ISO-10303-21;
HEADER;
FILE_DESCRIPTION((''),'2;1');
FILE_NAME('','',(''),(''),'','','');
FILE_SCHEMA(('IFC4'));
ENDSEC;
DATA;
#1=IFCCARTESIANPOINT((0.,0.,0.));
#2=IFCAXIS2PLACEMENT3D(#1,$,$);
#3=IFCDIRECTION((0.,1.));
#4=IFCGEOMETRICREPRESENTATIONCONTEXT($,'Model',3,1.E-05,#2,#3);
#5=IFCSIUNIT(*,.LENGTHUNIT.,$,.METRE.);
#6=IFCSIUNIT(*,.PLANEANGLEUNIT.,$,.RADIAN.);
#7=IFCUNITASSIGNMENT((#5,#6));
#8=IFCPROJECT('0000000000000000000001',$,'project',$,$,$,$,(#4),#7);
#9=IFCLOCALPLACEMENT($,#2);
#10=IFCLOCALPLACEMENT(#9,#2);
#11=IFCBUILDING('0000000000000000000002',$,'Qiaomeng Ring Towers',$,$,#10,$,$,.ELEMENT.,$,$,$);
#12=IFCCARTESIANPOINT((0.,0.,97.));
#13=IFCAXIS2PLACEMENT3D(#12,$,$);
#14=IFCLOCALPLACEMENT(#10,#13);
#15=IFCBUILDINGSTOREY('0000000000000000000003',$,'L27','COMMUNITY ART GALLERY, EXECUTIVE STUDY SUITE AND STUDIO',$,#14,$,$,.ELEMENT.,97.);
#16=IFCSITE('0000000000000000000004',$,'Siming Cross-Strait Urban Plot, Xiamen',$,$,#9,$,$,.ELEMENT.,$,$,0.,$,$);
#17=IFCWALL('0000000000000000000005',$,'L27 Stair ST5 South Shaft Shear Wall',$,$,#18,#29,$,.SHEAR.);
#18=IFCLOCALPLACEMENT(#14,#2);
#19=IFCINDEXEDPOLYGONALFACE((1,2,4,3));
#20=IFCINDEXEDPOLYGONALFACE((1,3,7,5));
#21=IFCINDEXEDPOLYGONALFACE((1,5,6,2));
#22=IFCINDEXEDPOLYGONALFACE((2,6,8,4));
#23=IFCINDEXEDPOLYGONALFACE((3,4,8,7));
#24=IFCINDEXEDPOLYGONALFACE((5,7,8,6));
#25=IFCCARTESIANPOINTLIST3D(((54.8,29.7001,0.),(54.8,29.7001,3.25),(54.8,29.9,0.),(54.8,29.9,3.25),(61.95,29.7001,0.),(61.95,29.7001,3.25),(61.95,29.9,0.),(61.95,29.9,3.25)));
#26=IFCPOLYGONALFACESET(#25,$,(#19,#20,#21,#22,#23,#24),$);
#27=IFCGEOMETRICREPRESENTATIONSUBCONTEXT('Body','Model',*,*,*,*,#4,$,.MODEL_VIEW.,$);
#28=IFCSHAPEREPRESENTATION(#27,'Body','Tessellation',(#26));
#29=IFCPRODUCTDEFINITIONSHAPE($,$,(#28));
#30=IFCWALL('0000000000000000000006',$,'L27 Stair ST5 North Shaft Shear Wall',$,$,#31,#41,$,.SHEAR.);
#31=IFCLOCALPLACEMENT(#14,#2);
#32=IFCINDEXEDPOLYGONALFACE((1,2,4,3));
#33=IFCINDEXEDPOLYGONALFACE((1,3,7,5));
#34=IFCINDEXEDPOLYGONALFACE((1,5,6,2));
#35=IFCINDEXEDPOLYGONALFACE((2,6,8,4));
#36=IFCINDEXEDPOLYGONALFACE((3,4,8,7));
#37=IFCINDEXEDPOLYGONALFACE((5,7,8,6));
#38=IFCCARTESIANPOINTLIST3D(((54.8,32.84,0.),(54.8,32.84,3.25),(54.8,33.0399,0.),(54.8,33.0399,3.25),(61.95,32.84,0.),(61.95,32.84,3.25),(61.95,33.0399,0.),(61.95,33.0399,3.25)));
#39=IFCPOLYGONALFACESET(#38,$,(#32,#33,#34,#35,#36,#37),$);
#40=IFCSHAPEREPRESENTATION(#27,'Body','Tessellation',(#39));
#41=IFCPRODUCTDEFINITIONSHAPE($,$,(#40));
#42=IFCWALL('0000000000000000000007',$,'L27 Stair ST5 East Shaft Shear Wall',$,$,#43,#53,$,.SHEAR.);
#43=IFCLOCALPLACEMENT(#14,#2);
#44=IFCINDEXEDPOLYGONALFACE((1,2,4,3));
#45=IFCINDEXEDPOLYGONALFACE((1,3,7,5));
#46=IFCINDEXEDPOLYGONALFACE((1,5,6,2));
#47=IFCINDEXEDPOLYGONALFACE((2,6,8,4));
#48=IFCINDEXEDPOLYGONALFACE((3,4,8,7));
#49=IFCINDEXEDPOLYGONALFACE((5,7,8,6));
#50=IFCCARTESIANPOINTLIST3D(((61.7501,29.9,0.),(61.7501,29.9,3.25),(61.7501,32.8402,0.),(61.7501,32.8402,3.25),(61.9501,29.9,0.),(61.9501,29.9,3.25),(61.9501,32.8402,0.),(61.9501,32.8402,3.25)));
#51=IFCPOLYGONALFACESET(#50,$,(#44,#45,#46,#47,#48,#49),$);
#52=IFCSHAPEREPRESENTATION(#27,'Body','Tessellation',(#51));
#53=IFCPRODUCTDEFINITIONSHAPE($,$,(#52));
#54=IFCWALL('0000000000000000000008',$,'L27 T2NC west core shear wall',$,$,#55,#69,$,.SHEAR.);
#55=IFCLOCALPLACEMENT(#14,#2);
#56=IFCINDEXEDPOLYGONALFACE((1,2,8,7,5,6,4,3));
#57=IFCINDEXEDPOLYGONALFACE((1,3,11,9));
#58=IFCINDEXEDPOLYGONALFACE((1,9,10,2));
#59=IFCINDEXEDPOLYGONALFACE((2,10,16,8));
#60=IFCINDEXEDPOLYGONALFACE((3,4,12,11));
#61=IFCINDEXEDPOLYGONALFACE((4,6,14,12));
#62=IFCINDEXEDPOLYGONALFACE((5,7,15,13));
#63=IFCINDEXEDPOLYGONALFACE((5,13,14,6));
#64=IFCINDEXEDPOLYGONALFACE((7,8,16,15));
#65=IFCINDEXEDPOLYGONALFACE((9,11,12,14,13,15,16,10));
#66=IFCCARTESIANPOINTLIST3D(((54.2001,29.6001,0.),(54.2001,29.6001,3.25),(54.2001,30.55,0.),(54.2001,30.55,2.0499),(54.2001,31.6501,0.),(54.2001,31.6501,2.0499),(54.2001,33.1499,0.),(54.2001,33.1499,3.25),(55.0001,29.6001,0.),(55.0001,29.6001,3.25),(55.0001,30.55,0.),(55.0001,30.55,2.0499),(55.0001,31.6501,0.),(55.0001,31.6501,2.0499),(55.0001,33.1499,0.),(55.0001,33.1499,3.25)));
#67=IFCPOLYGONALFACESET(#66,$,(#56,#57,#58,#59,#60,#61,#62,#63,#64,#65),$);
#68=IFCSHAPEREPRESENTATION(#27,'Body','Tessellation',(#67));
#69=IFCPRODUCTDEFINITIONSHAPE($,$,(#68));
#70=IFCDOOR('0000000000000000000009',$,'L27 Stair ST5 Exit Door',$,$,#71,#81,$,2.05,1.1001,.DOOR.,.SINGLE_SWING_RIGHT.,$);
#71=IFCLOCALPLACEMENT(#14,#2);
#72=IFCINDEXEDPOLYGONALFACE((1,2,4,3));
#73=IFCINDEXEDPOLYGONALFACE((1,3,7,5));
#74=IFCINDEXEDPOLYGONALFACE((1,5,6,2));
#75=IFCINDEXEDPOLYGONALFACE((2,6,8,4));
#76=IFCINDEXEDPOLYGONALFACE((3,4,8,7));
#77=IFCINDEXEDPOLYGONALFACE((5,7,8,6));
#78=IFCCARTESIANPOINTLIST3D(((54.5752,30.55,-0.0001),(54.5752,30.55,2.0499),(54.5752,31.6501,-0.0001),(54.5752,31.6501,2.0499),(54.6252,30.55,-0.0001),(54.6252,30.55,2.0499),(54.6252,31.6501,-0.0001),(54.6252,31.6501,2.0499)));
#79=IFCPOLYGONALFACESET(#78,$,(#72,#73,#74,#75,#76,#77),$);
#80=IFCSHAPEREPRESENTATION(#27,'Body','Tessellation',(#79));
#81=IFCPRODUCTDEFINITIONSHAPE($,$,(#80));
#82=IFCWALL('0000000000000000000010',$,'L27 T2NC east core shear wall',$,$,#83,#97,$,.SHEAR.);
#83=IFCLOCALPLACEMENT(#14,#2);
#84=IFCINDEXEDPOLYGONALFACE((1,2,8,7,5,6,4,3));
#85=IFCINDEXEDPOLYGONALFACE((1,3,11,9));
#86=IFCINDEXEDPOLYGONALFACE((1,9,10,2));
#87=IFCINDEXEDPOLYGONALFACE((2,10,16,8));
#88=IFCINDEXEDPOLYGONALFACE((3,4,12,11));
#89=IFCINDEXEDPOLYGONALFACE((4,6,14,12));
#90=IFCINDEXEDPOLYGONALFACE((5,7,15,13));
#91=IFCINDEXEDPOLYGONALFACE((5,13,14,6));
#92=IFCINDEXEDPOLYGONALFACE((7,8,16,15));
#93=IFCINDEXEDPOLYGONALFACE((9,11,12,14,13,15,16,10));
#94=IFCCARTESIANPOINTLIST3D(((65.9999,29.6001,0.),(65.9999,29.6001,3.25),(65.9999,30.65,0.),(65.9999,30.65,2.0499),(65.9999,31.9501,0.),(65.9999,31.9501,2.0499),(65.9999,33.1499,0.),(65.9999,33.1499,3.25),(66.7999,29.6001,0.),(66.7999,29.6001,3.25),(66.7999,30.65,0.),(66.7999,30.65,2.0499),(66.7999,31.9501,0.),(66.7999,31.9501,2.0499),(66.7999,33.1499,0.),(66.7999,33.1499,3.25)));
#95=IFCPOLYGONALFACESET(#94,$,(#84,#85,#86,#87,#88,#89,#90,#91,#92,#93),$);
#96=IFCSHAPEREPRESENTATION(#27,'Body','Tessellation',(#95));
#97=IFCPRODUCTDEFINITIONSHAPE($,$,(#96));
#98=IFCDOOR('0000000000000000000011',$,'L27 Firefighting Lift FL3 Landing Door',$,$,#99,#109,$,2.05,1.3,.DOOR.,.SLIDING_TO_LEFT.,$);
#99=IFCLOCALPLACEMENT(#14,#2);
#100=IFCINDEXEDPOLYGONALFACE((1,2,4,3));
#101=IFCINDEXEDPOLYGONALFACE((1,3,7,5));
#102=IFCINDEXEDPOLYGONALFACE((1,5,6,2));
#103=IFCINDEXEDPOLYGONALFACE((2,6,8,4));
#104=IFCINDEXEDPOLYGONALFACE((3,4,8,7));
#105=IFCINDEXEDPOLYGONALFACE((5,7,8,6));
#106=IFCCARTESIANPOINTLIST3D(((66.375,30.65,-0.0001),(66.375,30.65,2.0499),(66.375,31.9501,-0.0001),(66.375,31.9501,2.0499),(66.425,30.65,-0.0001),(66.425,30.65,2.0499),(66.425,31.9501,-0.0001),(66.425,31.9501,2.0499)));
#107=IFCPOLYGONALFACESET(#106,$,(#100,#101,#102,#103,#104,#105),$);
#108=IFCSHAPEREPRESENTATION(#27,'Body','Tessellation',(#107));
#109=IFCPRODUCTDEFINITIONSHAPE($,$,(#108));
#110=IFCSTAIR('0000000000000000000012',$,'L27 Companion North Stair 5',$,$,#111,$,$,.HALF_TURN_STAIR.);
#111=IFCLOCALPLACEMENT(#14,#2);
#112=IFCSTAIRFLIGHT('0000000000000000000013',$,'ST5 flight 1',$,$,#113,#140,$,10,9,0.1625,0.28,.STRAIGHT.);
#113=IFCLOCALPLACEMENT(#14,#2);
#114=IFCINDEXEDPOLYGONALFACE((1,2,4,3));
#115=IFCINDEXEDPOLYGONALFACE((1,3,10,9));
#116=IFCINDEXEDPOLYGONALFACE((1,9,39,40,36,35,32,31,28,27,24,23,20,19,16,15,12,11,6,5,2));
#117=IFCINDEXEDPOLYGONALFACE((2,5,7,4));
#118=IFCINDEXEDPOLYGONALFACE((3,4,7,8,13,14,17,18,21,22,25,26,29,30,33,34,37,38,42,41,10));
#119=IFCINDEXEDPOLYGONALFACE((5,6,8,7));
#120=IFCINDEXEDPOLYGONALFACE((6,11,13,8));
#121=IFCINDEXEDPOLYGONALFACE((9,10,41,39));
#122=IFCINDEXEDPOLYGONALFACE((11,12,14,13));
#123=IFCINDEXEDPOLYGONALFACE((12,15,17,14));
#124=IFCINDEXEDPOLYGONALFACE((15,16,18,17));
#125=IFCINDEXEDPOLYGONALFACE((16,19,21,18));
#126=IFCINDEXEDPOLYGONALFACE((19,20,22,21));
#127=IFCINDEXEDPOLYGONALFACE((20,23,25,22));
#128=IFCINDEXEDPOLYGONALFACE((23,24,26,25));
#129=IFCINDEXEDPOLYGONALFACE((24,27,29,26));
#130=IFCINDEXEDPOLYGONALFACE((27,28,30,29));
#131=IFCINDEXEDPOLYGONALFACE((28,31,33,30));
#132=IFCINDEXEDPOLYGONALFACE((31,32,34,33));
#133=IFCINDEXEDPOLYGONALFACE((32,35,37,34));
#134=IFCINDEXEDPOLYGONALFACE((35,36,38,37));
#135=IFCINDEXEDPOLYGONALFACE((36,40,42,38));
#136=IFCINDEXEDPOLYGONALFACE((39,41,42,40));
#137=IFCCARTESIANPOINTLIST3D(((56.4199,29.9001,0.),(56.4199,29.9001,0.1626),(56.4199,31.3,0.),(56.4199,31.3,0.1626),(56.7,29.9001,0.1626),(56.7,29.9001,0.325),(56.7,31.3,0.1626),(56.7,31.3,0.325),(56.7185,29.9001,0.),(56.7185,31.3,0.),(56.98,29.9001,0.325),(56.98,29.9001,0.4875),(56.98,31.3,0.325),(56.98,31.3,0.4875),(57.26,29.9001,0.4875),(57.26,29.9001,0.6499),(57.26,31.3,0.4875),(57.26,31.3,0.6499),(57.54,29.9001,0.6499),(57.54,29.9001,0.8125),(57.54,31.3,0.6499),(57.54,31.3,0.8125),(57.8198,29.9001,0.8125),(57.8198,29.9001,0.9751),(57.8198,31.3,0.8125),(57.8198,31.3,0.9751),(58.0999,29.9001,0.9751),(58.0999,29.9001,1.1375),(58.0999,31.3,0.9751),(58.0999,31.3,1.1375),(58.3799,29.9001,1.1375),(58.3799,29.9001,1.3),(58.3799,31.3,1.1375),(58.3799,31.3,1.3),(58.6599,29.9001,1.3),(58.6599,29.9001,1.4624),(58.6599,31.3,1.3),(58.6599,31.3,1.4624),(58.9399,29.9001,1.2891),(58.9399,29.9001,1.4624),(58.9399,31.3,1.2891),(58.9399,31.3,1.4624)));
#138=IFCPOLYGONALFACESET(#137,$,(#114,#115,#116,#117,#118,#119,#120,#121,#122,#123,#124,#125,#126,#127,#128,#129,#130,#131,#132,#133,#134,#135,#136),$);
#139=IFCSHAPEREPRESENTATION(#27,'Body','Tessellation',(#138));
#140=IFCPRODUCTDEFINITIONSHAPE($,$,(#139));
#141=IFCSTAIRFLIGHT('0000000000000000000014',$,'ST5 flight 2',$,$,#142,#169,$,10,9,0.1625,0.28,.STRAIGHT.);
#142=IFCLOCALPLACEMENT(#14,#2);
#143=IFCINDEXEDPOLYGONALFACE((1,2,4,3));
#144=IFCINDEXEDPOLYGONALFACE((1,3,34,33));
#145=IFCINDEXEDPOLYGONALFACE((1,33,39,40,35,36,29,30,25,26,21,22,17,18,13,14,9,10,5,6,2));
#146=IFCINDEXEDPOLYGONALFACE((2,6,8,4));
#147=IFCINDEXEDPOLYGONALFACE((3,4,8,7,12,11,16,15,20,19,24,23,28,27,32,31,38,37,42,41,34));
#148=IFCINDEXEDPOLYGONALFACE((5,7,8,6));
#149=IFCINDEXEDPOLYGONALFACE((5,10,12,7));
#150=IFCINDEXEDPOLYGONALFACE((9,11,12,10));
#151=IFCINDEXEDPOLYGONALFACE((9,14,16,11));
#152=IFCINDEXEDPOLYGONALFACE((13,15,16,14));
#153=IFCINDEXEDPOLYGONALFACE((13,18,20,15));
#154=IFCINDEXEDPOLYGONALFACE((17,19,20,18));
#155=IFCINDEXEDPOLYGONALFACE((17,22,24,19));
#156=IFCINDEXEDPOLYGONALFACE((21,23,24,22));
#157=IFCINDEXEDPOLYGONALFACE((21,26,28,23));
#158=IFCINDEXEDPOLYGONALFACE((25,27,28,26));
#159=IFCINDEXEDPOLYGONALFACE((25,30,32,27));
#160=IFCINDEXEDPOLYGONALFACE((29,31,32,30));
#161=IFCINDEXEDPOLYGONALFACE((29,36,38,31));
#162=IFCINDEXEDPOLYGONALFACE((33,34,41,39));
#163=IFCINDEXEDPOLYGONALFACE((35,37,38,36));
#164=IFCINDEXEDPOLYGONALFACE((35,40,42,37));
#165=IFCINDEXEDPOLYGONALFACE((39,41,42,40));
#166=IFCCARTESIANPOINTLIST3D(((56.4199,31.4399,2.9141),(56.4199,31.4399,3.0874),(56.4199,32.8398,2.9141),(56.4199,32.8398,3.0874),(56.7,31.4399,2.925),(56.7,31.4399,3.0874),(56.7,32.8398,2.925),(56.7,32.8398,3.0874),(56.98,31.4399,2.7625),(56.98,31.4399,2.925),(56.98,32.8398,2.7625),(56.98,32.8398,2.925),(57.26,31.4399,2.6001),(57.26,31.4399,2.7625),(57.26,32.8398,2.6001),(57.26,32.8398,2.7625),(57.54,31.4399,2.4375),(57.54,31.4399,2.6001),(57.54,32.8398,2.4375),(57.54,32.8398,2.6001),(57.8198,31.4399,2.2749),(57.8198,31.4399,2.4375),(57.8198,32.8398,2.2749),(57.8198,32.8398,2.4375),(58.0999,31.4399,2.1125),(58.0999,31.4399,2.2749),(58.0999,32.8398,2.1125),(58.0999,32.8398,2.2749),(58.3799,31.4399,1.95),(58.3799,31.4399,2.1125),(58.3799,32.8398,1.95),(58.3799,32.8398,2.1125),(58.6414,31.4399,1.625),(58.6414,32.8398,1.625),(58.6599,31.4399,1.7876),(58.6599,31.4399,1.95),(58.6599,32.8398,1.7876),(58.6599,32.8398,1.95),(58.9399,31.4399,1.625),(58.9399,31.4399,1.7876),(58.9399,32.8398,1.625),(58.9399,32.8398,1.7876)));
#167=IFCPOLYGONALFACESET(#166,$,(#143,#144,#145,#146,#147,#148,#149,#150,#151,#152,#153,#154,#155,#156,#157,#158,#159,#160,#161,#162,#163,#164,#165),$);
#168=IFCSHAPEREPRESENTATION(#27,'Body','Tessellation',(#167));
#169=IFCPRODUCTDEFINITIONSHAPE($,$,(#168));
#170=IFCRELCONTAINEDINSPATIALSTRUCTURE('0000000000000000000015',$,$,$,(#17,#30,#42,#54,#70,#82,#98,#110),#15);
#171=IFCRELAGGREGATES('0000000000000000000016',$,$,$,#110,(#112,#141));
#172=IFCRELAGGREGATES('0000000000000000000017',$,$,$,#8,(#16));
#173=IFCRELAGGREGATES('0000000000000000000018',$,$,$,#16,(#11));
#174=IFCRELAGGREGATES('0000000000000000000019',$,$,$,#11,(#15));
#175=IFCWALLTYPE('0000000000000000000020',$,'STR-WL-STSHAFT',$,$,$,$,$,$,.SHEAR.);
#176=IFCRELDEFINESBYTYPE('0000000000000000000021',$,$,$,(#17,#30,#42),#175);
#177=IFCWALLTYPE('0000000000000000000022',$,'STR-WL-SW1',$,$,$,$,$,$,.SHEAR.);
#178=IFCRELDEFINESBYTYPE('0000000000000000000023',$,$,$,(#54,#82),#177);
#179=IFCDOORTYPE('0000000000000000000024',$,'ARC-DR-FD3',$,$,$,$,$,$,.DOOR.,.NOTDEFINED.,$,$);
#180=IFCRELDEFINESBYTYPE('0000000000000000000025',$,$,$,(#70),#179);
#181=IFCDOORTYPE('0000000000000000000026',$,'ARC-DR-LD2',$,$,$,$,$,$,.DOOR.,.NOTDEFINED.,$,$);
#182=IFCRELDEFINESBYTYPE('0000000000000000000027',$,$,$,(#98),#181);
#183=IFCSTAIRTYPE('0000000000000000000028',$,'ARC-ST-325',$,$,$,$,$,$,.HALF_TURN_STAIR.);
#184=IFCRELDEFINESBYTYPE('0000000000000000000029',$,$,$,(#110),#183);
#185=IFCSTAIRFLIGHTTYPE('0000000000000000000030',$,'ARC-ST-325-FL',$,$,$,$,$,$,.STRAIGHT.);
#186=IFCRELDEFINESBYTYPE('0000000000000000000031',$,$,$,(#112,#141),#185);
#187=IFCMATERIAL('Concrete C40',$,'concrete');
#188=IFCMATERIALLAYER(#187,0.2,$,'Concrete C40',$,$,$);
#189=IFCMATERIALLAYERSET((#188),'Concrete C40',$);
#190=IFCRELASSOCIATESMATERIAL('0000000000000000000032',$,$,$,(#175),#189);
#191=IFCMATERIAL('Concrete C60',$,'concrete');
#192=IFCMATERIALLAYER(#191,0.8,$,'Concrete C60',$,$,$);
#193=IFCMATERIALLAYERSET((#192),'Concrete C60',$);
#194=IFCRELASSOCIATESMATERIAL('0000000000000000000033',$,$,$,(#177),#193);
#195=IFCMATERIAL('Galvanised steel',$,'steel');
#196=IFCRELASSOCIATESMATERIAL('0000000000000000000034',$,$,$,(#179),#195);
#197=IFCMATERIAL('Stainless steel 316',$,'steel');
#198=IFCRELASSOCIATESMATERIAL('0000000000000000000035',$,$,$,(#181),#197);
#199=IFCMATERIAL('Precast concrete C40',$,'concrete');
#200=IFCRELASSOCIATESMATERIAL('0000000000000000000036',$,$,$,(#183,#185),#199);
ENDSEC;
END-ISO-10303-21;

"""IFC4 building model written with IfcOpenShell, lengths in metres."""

from ifc_helpers import new_model, si_unit, direction, frame, frame_2d, origin, place, context, subcontext, project, spatial, polyline, rectangle, outline, extrude, source, transform, mapped, material, layer, layer_set, type_object, element, fill, aggregate, save


model = new_model("IFC4")

# Units and contexts
model_context = context("Model", 3, precision=1e-05, world=origin(), true_north=direction((0.0, 1.0)))
body_context = subcontext(model_context, "Body", "Model", "MODEL_VIEW")
ifc_project = project(units=[si_unit("LENGTHUNIT", "METRE"), si_unit("PLANEANGLEUNIT", "RADIAN")], contexts=[model_context])

# Site, building, storey
site_placement = place(None, origin())
site = spatial("IfcSite", under=ifc_project, at=site_placement, Name="Siming Cross-Strait Urban Plot, Xiamen", CompositionType="ELEMENT", RefElevation=0.0)
building_placement = place(site_placement, origin())
building = spatial("IfcBuilding", under=site, at=building_placement, Name="Qiaomeng Ring Towers", CompositionType="ELEMENT")
storey_placement = place(building_placement, frame((0.0, 0.0, 97.0)))
storey = spatial("IfcBuildingStorey", under=building, at=storey_placement, Name="L27", Description="COMMUNITY ART GALLERY, EXECUTIVE STUDY SUITE AND STUDIO", CompositionType="ELEMENT", Elevation=97.0)

# Walls
ifc_material_1 = material(Name="Concrete C40", Category="concrete")
ifc_layer_1 = layer(ifc_material_1, 0.2, Name="Concrete C40")
ifc_layer_set_1 = layer_set([ifc_layer_1], Name="Concrete C40")
wall_type_1 = type_object("IfcWallType", Name="STR-WL-STSHAFT", PredefinedType="SHEAR", material=ifc_layer_set_1)
for number, where, z_axis, x_axis, name in (
    (1, (54.8, 29.8, 0.0), (0.0, 0.0, 1.0), (1.0, 0.0, 0.0), "L27 Stair ST5 South Shaft Shear Wall"),
    (2, (54.8, 32.9399, 0.0), (0.0, 0.0, 1.0), (1.0, 0.0, 0.0), "L27 Stair ST5 North Shaft Shear Wall"),
):
    element("IfcWall", number, at=place(storey_placement, frame(where, z_axis=z_axis, x_axis=x_axis)), inside=storey, type_object=wall_type_1, Name=name, PredefinedType="SHEAR", context=body_context, shape_type="SweptSolid", body=[
        extrude(rectangle(XDim=7.1499, YDim=0.2, at=frame_2d((3.575, 0.0))), origin(), (0.0, 0.0, 1.0), 3.25),
    ])
wall_1_placement = place(storey_placement, frame((61.8501, 29.8999, 0.0), z_axis=(0.0, 0.0, 1.0), x_axis=(0.0, 1.0, 0.0)))
element("IfcWall", 3, at=wall_1_placement, inside=storey, type_object=wall_type_1, Name="L27 Stair ST5 East Shaft Shear Wall", PredefinedType="SHEAR", context=body_context, shape_type="SweptSolid", body=[
    extrude(rectangle(XDim=2.9402, YDim=0.2, at=frame_2d((1.4702, 0.0))), origin(), (0.0, 0.0, 1.0), 3.25),
])

# Walls, openings, doors
ifc_material_2 = material(Name="Concrete C60", Category="concrete")
ifc_layer_2 = layer(ifc_material_2, 0.8, Name="Concrete C60")
ifc_layer_set_2 = layer_set([ifc_layer_2], Name="Concrete C60")
wall_type_2 = type_object("IfcWallType", Name="STR-WL-SW1", PredefinedType="SHEAR", material=ifc_layer_set_2)
wall_2_placement = place(storey_placement, frame((54.6001, 29.6001, 0.0), z_axis=(0.0, 0.0, 1.0), x_axis=(0.0, 1.0, 0.0)))
wall_2 = element("IfcWall", 4, at=wall_2_placement, inside=storey, type_object=wall_type_2, Name="L27 T2NC west core shear wall", PredefinedType="SHEAR", context=body_context, shape_type="SweptSolid", body=[
    extrude(rectangle(XDim=3.5498, YDim=0.8, at=frame_2d((1.7749, 0.0))), origin(), (0.0, 0.0, 1.0), 3.25),
])
opening_1_placement = place(wall_2_placement, frame((0.95, 0.0, 0.0)))
opening_1 = element("IfcOpeningElement", 5, at=opening_1_placement, cuts=wall_2, PredefinedType="OPENING", context=body_context, shape_type="SweptSolid", body=[
    extrude(rectangle(XDim=1.1001, YDim=2.05, at=frame_2d((0.55, 1.0249))), frame((0.0, 0.4099, 0.0), z_axis=(0.0, -1.0, 0.0), x_axis=(1.0, 0.0, 0.0)), (0.0, 0.0, 1.0), 0.8201),
])
ifc_material_3 = material(Name="Galvanised steel", Category="steel")
door_type_1 = type_object("IfcDoorType", Name="ARC-DR-FD3", OperationType="NOTDEFINED", PredefinedType="DOOR", material=ifc_material_3)
shared_shape_1 = source(origin(), body_context, "Body", "SweptSolid", [
    extrude(rectangle(XDim=1.1001, YDim=2.05, at=frame_2d((0.55, 1.0249))), frame((0.0, 0.0249, 0.0), z_axis=(0.0, -1.0, 0.0), x_axis=(1.0, 0.0, 0.0)), (0.0, 0.0, 1.0), 0.05),
])
door_1_placement = place(opening_1_placement, origin())
door_1 = element("IfcDoor", 6, at=door_1_placement, inside=storey, type_object=door_type_1, Name="L27 Stair ST5 Exit Door", OperationType="SINGLE_SWING_RIGHT", OverallHeight=2.05, OverallWidth=1.1001, PredefinedType="DOOR", context=body_context, shape_type="MappedRepresentation", body=[
    mapped(shared_shape_1, transform((0.0, 0.0, 0.0), x_axis=(1.0, 0.0, 0.0), y_axis=(0.0, 1.0, 0.0), z_axis=(0.0, 0.0, 1.0), scale=1.0)),
])
fill(opening_1, door_1)
wall_3_placement = place(storey_placement, frame((66.3999, 29.6001, 0.0), z_axis=(0.0, 0.0, 1.0), x_axis=(0.0, 1.0, 0.0)))
wall_3 = element("IfcWall", 7, at=wall_3_placement, inside=storey, type_object=wall_type_2, Name="L27 T2NC east core shear wall", PredefinedType="SHEAR", context=body_context, shape_type="SweptSolid", body=[
    extrude(rectangle(XDim=3.5498, YDim=0.8, at=frame_2d((1.7749, 0.0))), origin(), (0.0, 0.0, 1.0), 3.25),
])
opening_2_placement = place(wall_3_placement, frame((1.05, 0.0, 0.0)))
opening_2 = element("IfcOpeningElement", 8, at=opening_2_placement, cuts=wall_3, PredefinedType="OPENING", context=body_context, shape_type="SweptSolid", body=[
    extrude(rectangle(XDim=1.3, YDim=2.05, at=frame_2d((0.6499, 1.0249))), frame((0.0, 0.4099, 0.0), z_axis=(0.0, -1.0, 0.0), x_axis=(1.0, 0.0, 0.0)), (0.0, 0.0, 1.0), 0.8201),
])
ifc_material_4 = material(Name="Stainless steel 316", Category="steel")
door_type_2 = type_object("IfcDoorType", Name="ARC-DR-LD2", OperationType="NOTDEFINED", PredefinedType="DOOR", material=ifc_material_4)
shared_shape_2 = source(origin(), body_context, "Body", "SweptSolid", [
    extrude(rectangle(XDim=1.3, YDim=2.05, at=frame_2d((0.6499, 1.0249))), frame((0.0, 0.0249, 0.0), z_axis=(0.0, -1.0, 0.0), x_axis=(1.0, 0.0, 0.0)), (0.0, 0.0, 1.0), 0.05),
])
door_2_placement = place(opening_2_placement, origin())
door_2 = element("IfcDoor", 9, at=door_2_placement, inside=storey, type_object=door_type_2, Name="L27 Firefighting Lift FL3 Landing Door", OperationType="SLIDING_TO_LEFT", OverallHeight=2.05, OverallWidth=1.3, PredefinedType="DOOR", context=body_context, shape_type="MappedRepresentation", body=[
    mapped(shared_shape_2, transform((0.0, 0.0, 0.0), x_axis=(1.0, 0.0, 0.0), y_axis=(0.0, 1.0, 0.0), z_axis=(0.0, 0.0, 1.0), scale=1.0)),
])
fill(opening_2, door_2)

# Stair, stair flights
ifc_material_5 = material(Name="Precast concrete C40", Category="concrete")
stair_type = type_object("IfcStairType", Name="ARC-ST-325", PredefinedType="HALF_TURN_STAIR", material=ifc_material_5)
stair_placement = place(storey_placement, origin())
stair = element("IfcStair", 10, at=stair_placement, inside=storey, type_object=stair_type, Name="L27 Companion North Stair 5", PredefinedType="HALF_TURN_STAIR")
stair_flight_type = type_object("IfcStairFlightType", Name="ARC-ST-325-FL", PredefinedType="STRAIGHT", material=ifc_material_5)
shared_shape_3 = source(origin(), body_context, "Body", "SweptSolid", [
    extrude(outline(polyline([(0.0, 0.0), (0.0, 0.1626), (0.28, 0.1626), (0.28, 0.325), (0.5601, 0.325), (0.5601, 0.4875), (0.8401, 0.4875), (0.8401, 0.6499), (1.1201, 0.6499), (1.1201, 0.8125), (1.3999, 0.8125), (1.3999, 0.9751), (1.6799, 0.9751), (1.6799, 1.1375), (1.96, 1.1375), (1.96, 1.3), (2.24, 1.3), (2.24, 1.4624), (2.52, 1.4624), (2.52, 1.625), (2.52, 1.2891), (0.2986, 0.0), (0.0, 0.0)])), frame((0.0, 0.7, 0.0), z_axis=(0.0, -1.0, 0.0), x_axis=(1.0, 0.0, 0.0)), (0.0, 0.0, 1.0), 1.3999),
])
stair_flight_1_placement = place(storey_placement, frame((56.4199, 30.6001, 0.0), z_axis=(0.0, 0.0, 1.0), x_axis=(1.0, 0.0, 0.0)))
stair_flight_1 = element("IfcStairFlight", 11, at=stair_flight_1_placement, type_object=stair_flight_type, Name="ST5 flight 1", NumberOfRisers=10, NumberOfTreads=9, PredefinedType="STRAIGHT", RiserHeight=0.1625, TreadLength=0.28, context=body_context, shape_type="MappedRepresentation", body=[
    mapped(shared_shape_3, transform((0.0, 0.0, 0.0), x_axis=(1.0, 0.0, 0.0), y_axis=(0.0, 1.0, 0.0), z_axis=(0.0, 0.0, 1.0), scale=1.0)),
])
stair_flight_2_placement = place(storey_placement, frame((58.9399, 32.1399, 1.625), z_axis=(0.0, 0.0, 1.0), x_axis=(-1.0, 0.0, 0.0)))
stair_flight_2 = element("IfcStairFlight", 12, at=stair_flight_2_placement, type_object=stair_flight_type, Name="ST5 flight 2", NumberOfRisers=10, NumberOfTreads=9, PredefinedType="STRAIGHT", RiserHeight=0.1625, TreadLength=0.28, context=body_context, shape_type="MappedRepresentation", body=[
    mapped(shared_shape_3, transform((0.0, 0.0, 0.0), x_axis=(1.0, 0.0, 0.0), y_axis=(0.0, 1.0, 0.0), z_axis=(0.0, 0.0, 1.0), scale=1.0)),
])
aggregate(stair, [stair_flight_1, stair_flight_2])

save(model, "model.ifc")
